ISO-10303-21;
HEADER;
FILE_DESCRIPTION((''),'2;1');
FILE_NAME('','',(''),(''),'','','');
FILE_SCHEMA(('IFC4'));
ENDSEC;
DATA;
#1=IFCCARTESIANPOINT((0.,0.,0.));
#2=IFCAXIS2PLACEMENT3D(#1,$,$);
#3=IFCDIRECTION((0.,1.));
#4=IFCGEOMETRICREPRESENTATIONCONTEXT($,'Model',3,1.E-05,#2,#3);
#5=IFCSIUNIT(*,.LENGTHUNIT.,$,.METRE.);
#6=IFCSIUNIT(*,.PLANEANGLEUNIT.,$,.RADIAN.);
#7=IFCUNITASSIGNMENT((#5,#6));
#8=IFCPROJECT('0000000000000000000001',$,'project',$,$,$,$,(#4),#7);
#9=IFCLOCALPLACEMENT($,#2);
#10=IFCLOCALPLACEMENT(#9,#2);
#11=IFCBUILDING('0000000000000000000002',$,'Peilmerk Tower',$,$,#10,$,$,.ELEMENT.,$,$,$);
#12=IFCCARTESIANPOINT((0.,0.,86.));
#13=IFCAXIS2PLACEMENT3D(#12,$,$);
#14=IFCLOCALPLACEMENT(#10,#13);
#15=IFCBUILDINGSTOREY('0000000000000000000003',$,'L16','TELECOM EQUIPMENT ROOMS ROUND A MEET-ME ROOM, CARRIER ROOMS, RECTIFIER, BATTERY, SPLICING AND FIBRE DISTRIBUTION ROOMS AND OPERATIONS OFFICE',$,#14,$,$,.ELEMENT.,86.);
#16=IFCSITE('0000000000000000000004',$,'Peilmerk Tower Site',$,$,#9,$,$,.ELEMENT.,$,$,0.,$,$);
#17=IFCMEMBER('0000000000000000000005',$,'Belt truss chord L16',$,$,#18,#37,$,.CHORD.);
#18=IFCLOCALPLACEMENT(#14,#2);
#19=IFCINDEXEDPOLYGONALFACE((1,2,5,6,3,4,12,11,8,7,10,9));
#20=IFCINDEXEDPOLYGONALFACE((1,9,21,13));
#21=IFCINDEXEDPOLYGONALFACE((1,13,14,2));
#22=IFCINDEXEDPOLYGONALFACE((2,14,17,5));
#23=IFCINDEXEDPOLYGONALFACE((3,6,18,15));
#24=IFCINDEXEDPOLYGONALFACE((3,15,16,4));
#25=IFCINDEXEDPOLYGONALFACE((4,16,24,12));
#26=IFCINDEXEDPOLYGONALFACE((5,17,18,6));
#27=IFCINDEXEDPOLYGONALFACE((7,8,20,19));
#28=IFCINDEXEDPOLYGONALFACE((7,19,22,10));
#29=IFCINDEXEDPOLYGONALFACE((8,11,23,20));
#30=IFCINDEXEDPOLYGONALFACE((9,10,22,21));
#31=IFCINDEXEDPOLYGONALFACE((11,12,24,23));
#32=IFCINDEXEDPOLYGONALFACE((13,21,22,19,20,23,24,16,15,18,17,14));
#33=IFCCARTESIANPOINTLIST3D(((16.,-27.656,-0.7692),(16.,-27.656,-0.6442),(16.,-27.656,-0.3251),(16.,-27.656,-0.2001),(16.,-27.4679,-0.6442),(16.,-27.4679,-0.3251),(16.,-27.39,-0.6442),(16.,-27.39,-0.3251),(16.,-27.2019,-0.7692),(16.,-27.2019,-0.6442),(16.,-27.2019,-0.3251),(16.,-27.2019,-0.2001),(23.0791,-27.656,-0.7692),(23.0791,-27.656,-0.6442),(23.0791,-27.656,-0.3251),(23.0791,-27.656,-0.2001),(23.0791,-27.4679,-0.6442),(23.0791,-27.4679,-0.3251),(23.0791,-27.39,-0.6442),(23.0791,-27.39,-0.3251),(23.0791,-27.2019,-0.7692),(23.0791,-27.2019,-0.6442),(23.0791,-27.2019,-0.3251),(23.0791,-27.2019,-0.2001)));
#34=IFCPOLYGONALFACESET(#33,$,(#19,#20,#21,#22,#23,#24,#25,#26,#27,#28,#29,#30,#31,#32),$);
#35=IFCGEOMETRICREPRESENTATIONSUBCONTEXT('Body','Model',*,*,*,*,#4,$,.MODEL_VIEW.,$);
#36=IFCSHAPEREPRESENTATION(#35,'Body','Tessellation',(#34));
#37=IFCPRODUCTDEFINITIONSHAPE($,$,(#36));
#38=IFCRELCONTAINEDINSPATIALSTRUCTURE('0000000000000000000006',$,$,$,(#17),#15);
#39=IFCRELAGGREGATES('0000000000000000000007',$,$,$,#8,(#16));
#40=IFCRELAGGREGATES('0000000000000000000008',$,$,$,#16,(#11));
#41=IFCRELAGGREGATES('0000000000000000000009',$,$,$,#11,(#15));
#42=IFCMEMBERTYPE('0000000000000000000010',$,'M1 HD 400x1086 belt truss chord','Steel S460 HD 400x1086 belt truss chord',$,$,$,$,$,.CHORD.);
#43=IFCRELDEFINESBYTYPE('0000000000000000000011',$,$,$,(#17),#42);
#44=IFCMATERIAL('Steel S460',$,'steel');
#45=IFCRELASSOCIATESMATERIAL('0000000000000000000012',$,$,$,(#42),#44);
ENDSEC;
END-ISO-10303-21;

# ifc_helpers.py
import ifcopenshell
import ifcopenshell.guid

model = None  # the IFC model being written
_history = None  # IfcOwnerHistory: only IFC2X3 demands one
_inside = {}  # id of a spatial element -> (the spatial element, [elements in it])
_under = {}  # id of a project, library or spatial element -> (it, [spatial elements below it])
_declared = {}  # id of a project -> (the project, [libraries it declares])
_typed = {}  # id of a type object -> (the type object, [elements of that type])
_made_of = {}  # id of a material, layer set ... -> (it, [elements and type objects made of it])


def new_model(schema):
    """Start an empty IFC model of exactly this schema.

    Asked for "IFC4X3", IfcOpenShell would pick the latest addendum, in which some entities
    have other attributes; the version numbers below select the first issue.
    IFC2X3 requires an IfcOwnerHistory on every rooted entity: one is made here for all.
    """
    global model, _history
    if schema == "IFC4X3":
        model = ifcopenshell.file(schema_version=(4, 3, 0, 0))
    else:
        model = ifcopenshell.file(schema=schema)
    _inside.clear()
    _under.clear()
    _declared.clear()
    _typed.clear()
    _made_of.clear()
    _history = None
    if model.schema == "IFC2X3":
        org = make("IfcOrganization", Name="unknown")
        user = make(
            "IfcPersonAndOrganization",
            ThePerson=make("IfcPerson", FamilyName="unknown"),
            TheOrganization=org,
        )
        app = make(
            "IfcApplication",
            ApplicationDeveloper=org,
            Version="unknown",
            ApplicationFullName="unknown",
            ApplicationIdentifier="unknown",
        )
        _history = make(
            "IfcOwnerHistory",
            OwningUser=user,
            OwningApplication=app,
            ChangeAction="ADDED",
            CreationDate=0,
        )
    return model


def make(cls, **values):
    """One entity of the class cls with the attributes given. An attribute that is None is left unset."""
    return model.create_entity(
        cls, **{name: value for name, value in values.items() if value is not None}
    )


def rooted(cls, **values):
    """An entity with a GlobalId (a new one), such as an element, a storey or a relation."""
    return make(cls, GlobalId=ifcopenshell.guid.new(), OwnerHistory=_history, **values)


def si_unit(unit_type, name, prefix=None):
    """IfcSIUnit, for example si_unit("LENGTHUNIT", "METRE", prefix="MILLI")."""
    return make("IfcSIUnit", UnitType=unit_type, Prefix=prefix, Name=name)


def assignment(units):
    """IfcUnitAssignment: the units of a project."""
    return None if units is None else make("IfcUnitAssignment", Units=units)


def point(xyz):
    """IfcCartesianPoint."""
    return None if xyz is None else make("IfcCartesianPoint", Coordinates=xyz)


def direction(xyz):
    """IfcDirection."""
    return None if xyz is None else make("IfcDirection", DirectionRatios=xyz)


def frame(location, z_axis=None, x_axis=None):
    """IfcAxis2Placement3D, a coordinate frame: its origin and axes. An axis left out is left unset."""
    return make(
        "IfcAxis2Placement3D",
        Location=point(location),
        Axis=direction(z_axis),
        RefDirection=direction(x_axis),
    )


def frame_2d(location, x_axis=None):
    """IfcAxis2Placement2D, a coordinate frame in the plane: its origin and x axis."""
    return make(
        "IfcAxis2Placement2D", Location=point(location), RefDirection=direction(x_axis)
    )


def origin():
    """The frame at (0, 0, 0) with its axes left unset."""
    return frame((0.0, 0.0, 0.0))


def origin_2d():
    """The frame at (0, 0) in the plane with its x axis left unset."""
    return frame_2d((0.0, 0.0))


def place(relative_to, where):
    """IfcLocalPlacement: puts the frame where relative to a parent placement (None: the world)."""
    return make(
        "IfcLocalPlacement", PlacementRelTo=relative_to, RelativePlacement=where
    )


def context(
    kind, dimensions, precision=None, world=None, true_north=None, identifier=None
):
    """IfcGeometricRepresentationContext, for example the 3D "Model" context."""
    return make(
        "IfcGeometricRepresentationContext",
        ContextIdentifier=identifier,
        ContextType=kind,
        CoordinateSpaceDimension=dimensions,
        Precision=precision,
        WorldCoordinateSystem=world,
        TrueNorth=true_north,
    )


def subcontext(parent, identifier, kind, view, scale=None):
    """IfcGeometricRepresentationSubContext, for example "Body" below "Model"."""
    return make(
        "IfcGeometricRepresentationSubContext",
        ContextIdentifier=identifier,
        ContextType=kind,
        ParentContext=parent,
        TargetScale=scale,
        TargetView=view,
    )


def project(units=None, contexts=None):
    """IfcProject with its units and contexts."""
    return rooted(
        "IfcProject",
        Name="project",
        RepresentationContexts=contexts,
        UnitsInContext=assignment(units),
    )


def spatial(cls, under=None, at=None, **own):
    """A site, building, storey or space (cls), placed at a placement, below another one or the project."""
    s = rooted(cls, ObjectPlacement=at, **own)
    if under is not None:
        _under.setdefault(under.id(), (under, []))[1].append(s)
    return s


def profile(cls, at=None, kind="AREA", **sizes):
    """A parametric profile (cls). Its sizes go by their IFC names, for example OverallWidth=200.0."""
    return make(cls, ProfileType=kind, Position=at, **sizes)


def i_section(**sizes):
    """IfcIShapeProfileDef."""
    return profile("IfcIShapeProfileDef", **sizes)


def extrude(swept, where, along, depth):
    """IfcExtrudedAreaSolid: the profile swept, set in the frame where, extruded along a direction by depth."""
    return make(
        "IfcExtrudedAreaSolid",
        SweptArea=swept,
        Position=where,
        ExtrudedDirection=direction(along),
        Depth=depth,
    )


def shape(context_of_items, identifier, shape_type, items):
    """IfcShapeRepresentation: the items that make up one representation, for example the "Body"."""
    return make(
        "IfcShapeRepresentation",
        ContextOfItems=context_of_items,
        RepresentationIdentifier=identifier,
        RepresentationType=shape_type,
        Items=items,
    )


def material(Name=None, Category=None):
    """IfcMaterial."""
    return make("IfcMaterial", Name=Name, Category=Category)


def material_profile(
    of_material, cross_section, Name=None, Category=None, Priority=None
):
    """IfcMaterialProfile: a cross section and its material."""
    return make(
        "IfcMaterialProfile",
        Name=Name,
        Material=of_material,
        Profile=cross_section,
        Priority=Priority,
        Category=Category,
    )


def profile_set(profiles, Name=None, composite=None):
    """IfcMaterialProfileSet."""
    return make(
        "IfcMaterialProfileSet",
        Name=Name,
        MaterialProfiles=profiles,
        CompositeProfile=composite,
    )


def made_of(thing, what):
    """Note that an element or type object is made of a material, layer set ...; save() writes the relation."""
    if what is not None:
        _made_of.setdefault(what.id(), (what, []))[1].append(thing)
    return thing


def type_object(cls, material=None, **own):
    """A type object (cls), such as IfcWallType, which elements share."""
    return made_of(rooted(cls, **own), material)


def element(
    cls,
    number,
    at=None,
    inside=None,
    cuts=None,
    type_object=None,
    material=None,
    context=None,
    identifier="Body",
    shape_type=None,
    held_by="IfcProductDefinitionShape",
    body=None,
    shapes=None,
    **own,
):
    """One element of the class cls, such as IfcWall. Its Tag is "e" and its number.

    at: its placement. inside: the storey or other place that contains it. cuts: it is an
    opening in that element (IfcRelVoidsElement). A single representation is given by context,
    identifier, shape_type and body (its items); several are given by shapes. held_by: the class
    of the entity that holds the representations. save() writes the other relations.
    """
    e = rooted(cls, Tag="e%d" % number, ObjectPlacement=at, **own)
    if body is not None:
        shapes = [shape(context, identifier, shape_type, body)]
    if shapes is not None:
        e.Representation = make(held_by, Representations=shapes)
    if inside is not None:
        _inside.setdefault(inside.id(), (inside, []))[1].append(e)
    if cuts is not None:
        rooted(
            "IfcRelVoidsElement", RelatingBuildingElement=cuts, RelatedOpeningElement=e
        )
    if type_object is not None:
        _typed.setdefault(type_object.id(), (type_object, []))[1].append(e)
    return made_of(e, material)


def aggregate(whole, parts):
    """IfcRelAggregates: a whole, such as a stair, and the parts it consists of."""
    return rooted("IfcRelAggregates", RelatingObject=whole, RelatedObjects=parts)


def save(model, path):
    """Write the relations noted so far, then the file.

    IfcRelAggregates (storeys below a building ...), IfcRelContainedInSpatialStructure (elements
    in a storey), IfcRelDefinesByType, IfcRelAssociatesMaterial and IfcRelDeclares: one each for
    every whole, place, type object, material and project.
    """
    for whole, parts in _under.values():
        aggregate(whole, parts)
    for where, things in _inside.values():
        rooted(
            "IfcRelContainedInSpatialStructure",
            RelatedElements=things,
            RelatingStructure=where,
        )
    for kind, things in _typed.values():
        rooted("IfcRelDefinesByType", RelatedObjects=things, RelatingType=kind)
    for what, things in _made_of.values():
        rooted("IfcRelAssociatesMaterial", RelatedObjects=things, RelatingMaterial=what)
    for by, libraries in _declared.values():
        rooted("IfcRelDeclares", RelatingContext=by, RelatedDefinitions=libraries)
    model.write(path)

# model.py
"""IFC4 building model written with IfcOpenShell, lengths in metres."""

from ifc_helpers import new_model, si_unit, direction, frame, origin, origin_2d, place, context, subcontext, project, spatial, i_section, extrude, material, material_profile, profile_set, type_object, element, save


model = new_model("IFC4")

# Units and contexts
model_context = context("Model", 3, precision=1e-05, world=origin(), true_north=direction((0.0, 1.0)))
body_context = subcontext(model_context, "Body", "Model", "MODEL_VIEW")
ifc_project = project(units=[si_unit("LENGTHUNIT", "METRE"), si_unit("PLANEANGLEUNIT", "RADIAN")], contexts=[model_context])

# Site, building, storey
site_placement = place(None, origin())
site = spatial("IfcSite", under=ifc_project, at=site_placement, Name="Peilmerk Tower Site", CompositionType="ELEMENT", RefElevation=0.0)
building_placement = place(site_placement, origin())
building = spatial("IfcBuilding", under=site, at=building_placement, Name="Peilmerk Tower", CompositionType="ELEMENT")
storey_placement = place(building_placement, frame((0.0, 0.0, 86.0)))
storey = spatial("IfcBuildingStorey", under=building, at=storey_placement, Name="L16", Description="TELECOM EQUIPMENT ROOMS ROUND A MEET-ME ROOM, CARRIER ROOMS, RECTIFIER, BATTERY, SPLICING AND FIBRE DISTRIBUTION ROOMS AND OPERATIONS OFFICE", CompositionType="ELEMENT", Elevation=86.0)

# Shared definitions
ifc_material_1 = material(Name="Steel S460", Category="steel")

# Member
ifc_material_profile_1 = material_profile(ifc_material_1, i_section(OverallWidth=0.4541, OverallDepth=0.5691, WebThickness=0.0779, FlangeThickness=0.125, at=origin_2d()), Name="HD 400x1086")
ifc_profile_set_1 = profile_set([ifc_material_profile_1], Name="Steel S460")
member_type = type_object("IfcMemberType", Name="M1 HD 400x1086 belt truss chord", Description="Steel S460 HD 400x1086 belt truss chord", PredefinedType="CHORD", material=ifc_profile_set_1)
for number, where, z_axis, x_axis, name in (
    (1, (16.0, -27.429, -0.4846), (1.0, 0.0, 0.0), (0.0, 1.0, 0.0), "Belt truss chord L16"),
):
    element("IfcMember", number, at=place(storey_placement, frame(where, z_axis=z_axis, x_axis=x_axis)), inside=storey, type_object=member_type, Name=name, PredefinedType="CHORD", context=body_context, shape_type="SweptSolid", body=[
        extrude(i_section(OverallWidth=0.4541, OverallDepth=0.5691, WebThickness=0.0779, FlangeThickness=0.125, at=origin_2d()), origin(), (0.0, 0.0, 1.0), 7.0791),
    ])

save(model, "model.ifc")
